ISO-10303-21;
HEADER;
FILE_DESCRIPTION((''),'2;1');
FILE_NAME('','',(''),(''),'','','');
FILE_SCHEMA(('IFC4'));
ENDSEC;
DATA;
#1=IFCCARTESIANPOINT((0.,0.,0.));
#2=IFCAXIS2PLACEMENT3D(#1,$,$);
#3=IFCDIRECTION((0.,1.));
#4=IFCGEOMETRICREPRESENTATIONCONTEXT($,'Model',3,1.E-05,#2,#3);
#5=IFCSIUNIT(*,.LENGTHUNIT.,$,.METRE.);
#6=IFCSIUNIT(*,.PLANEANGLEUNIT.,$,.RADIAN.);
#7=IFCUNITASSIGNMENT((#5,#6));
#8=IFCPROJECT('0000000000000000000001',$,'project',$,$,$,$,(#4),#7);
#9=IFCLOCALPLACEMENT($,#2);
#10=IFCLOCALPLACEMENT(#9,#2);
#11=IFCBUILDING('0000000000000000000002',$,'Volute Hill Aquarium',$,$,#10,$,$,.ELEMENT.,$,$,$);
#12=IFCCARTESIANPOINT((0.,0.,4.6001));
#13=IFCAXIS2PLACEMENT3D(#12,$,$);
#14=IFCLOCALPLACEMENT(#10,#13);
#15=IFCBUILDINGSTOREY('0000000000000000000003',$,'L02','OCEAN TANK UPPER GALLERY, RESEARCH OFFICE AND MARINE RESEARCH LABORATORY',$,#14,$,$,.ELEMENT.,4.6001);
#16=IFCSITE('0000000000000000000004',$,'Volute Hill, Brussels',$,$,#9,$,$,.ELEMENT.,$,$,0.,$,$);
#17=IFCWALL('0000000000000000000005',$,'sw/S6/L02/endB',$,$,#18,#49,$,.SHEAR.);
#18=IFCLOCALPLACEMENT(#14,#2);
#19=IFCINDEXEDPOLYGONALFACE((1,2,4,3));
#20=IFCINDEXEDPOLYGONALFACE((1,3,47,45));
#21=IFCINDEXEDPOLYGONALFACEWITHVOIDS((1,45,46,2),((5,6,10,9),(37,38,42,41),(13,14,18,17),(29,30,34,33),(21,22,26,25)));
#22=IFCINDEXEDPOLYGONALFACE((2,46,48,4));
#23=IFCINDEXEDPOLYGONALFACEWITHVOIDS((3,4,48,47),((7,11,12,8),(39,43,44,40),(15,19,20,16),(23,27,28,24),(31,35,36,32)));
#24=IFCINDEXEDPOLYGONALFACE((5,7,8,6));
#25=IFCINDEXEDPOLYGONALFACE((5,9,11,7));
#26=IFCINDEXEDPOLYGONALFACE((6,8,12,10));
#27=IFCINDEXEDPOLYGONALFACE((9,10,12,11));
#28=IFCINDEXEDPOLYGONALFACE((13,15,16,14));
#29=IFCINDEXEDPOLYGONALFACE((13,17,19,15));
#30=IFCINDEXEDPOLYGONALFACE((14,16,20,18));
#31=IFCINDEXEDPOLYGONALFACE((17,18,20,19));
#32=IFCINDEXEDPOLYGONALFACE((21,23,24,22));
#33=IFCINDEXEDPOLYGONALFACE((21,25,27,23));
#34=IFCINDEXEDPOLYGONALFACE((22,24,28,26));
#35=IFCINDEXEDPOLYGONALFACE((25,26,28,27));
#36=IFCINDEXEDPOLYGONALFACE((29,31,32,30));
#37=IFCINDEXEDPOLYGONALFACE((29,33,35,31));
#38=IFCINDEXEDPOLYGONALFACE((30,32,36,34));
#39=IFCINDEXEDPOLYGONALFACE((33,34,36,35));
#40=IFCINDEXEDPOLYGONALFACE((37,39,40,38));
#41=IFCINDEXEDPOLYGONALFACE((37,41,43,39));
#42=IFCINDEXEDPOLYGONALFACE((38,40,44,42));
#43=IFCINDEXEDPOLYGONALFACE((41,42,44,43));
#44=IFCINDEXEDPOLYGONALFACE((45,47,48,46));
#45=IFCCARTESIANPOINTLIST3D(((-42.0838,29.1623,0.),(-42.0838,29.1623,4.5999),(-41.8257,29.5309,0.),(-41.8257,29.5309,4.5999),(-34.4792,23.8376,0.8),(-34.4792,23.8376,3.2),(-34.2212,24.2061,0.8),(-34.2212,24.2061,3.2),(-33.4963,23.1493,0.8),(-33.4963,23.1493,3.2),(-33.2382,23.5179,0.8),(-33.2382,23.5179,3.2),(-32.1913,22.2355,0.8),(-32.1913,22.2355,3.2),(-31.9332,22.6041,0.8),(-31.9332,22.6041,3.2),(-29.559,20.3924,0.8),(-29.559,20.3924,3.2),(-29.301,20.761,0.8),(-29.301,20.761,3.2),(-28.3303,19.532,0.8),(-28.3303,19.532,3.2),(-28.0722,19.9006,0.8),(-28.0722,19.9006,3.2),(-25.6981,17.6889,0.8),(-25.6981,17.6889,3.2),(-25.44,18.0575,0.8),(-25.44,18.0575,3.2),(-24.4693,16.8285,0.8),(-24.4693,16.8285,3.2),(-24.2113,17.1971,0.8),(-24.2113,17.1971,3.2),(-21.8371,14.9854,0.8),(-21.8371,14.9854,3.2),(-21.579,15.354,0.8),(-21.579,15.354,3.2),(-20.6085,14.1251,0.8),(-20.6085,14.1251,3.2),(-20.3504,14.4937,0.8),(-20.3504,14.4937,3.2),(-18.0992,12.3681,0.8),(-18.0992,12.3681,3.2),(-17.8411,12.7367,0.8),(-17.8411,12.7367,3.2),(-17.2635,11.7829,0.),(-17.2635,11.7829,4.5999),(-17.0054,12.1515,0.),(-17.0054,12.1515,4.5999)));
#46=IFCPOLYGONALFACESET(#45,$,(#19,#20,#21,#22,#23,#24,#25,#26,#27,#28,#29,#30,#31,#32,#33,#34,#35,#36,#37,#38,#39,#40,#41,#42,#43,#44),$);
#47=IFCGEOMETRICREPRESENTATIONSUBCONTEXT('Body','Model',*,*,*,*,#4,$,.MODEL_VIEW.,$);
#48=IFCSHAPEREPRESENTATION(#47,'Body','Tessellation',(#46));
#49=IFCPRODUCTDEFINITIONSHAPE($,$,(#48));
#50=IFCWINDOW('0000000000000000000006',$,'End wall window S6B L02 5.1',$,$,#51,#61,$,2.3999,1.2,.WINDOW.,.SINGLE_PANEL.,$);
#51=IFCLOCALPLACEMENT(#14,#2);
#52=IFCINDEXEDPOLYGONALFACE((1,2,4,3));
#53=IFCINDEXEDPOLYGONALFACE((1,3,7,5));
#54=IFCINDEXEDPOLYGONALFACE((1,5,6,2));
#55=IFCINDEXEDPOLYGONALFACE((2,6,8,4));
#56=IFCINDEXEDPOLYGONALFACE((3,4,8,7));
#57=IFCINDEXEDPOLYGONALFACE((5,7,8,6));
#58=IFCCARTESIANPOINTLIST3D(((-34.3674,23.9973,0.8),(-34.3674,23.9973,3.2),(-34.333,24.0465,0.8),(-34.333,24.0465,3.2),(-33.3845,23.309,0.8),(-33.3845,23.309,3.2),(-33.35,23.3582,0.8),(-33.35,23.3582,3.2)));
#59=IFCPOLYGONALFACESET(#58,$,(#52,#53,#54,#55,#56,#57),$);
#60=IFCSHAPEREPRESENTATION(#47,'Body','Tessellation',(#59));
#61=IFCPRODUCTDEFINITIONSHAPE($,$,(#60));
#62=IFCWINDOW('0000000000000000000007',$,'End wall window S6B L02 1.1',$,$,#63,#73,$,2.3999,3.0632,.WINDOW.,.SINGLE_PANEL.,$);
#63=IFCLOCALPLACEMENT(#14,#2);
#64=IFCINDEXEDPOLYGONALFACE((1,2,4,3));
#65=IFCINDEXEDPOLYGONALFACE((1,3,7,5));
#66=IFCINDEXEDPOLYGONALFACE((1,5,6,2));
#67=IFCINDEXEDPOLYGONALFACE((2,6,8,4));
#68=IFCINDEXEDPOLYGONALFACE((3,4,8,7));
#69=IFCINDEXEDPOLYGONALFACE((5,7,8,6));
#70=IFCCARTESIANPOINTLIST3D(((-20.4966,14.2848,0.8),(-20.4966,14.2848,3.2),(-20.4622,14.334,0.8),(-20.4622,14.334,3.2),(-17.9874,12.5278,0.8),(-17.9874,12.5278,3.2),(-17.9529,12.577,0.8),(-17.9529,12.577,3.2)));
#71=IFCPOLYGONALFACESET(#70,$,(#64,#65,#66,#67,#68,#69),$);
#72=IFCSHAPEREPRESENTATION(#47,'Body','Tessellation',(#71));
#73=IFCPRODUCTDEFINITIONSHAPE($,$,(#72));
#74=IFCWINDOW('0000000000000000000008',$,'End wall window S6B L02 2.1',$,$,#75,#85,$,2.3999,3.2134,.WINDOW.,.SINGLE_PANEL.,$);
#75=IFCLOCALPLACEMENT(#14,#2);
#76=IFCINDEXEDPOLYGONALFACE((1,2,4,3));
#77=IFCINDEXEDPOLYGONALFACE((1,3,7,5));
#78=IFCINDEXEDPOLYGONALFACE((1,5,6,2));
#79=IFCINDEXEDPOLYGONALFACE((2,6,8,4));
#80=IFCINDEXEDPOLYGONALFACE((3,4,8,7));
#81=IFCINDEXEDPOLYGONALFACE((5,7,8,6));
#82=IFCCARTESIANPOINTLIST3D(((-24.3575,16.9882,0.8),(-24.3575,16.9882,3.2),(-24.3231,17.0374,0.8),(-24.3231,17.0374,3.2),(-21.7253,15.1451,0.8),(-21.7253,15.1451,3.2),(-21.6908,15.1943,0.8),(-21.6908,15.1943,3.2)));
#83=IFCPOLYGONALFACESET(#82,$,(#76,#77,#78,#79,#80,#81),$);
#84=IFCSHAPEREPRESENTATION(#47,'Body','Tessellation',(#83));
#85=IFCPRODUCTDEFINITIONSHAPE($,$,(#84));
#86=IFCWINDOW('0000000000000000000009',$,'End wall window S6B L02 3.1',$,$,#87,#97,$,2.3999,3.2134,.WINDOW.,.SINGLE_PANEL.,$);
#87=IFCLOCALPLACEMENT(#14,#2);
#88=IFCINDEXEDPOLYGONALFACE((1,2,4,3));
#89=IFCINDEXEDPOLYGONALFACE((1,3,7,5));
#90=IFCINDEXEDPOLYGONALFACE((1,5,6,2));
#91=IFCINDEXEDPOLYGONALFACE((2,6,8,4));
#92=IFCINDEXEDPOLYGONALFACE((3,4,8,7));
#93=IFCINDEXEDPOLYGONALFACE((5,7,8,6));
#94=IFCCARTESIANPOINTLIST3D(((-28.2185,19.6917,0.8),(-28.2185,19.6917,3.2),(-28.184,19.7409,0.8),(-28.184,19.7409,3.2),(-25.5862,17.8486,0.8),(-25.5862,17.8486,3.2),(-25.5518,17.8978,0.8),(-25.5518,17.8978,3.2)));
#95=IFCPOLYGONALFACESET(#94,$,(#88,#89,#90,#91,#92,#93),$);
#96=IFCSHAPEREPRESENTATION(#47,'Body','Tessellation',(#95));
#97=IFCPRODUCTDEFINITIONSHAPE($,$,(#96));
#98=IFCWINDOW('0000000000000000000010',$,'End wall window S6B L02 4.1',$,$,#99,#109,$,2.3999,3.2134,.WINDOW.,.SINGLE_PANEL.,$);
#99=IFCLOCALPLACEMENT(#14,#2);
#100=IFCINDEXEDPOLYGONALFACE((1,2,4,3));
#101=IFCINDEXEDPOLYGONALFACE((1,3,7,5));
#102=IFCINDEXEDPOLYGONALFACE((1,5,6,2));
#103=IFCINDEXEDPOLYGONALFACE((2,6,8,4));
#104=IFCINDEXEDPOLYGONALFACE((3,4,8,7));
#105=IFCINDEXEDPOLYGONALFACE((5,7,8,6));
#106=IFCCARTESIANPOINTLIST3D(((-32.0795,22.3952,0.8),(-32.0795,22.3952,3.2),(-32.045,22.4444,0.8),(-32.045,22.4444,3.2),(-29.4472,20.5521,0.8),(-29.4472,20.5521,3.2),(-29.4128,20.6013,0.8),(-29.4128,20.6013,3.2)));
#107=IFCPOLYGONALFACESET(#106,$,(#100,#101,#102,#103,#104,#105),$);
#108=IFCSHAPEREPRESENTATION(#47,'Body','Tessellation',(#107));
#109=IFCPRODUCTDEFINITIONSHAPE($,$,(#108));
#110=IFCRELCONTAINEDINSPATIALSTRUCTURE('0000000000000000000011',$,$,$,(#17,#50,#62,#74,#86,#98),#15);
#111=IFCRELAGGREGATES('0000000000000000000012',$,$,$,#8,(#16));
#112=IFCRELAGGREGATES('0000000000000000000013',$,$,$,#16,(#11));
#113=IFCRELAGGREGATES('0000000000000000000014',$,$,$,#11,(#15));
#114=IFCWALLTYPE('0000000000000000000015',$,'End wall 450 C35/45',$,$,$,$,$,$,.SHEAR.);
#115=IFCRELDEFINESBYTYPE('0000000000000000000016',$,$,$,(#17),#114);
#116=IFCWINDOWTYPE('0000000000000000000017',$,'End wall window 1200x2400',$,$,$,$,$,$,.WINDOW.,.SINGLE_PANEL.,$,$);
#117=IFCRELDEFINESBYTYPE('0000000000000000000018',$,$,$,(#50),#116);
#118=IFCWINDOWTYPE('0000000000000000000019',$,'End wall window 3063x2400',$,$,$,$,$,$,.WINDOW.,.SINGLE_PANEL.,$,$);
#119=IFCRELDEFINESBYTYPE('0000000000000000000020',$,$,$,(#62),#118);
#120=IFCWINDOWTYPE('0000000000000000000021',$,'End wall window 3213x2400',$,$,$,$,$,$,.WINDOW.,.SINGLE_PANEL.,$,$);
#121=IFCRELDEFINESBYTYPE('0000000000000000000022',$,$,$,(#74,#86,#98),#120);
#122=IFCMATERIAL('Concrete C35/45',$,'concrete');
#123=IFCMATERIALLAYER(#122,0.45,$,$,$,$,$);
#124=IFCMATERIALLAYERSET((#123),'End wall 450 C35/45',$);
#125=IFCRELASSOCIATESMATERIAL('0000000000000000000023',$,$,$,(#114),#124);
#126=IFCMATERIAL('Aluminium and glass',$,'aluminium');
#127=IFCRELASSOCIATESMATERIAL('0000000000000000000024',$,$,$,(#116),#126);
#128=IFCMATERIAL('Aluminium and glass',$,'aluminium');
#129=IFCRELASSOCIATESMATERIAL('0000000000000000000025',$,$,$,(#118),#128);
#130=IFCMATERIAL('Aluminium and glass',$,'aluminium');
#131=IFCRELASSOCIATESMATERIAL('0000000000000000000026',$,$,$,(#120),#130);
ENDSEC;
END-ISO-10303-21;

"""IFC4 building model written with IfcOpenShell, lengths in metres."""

from ifc_helpers import new_model, si_unit, direction, frame, frame_2d, origin, place, context, subcontext, project, spatial, rectangle, extrude, material, layer, layer_set, type_object, element, fill, save


model = new_model("IFC4")

# Units and contexts
model_context = context("Model", 3, precision=1e-05, world=origin(), true_north=direction((0.0, 1.0)))
body_context = subcontext(model_context, "Body", "Model", "MODEL_VIEW")
ifc_project = project(units=[si_unit("LENGTHUNIT", "METRE"), si_unit("PLANEANGLEUNIT", "RADIAN")], contexts=[model_context])

# Site, building, storey
site_placement = place(None, origin())
site = spatial("IfcSite", under=ifc_project, at=site_placement, Name="Volute Hill, Brussels", CompositionType="ELEMENT", RefElevation=0.0)
building_placement = place(site_placement, origin())
building = spatial("IfcBuilding", under=site, at=building_placement, Name="Volute Hill Aquarium", CompositionType="ELEMENT")
storey_placement = place(building_placement, frame((0.0, 0.0, 4.6001)))
storey = spatial("IfcBuildingStorey", under=building, at=storey_placement, Name="L02", Description="OCEAN TANK UPPER GALLERY, RESEARCH OFFICE AND MARINE RESEARCH LABORATORY", CompositionType="ELEMENT", Elevation=4.6001)

# Wall, openings, windows
ifc_material_1 = material(Name="Concrete C35/45", Category="concrete")
ifc_layer_1 = layer(ifc_material_1, 0.45)
ifc_layer_set_1 = layer_set([ifc_layer_1], Name="End wall 450 C35/45")
wall_type_1 = type_object("IfcWallType", Name="End wall 450 C35/45", PredefinedType="SHEAR", material=ifc_layer_set_1)
wall_1_placement = place(storey_placement, frame((-17.1345, 11.9673, 0.0), z_axis=(0.0, 0.0, 1.0), x_axis=(-0.819152, 0.573577, 0.0)))
wall_1 = element("IfcWall", 1, at=wall_1_placement, inside=storey, type_object=wall_type_1, Name="sw/S6/L02/endB", PredefinedType="SHEAR", context=body_context, shape_type="SweptSolid", body=[
    extrude(rectangle(XDim=30.3, YDim=0.45, at=frame_2d((15.1499, 0.0))), origin(), (0.0, 0.0, 1.0), 4.5999),
])
opening_1_placement = place(wall_1_placement, frame((1.02, 0.0, 0.8)))
opening_1 = element("IfcOpeningElement", 2, at=opening_1_placement, cuts=wall_1, PredefinedType="OPENING", context=body_context, shape_type="SweptSolid", body=[
    extrude(rectangle(XDim=3.0632, YDim=2.3999, at=frame_2d((1.5317, 1.2))), frame((0.0, 0.2349, 0.0), z_axis=(0.0, -1.0, 0.0), x_axis=(1.0, 0.0, 0.0)), (0.0, 0.0, 1.0), 0.47),
])
opening_2_placement = place(wall_1_placement, frame((5.5833, 0.0, 0.8)))
opening_2 = element("IfcOpeningElement", 3, at=opening_2_placement, cuts=wall_1, PredefinedType="OPENING", context=body_context, shape_type="SweptSolid", body=[
    extrude(rectangle(XDim=3.2134, YDim=2.3999, at=frame_2d((1.6067, 1.2))), frame((0.0, 0.2349, 0.0), z_axis=(0.0, -1.0, 0.0), x_axis=(1.0, 0.0, 0.0)), (0.0, 0.0, 1.0), 0.47),
])
opening_3_placement = place(wall_1_placement, frame((10.2966, 0.0, 0.8)))
opening_3 = element("IfcOpeningElement", 4, at=opening_3_placement, cuts=wall_1, PredefinedType="OPENING", context=body_context, shape_type="SweptSolid", body=[
    extrude(rectangle(XDim=3.2134, YDim=2.3999, at=frame_2d((1.6067, 1.2))), frame((0.0, 0.2349, 0.0), z_axis=(0.0, -1.0, 0.0), x_axis=(1.0, 0.0, 0.0)), (0.0, 0.0, 1.0), 0.47),
])
opening_4_placement = place(wall_1_placement, frame((15.01, 0.0, 0.8)))
opening_4 = element("IfcOpeningElement", 5, at=opening_4_placement, cuts=wall_1, PredefinedType="OPENING", context=body_context, shape_type="SweptSolid", body=[
    extrude(rectangle(XDim=3.2134, YDim=2.3999, at=frame_2d((1.6067, 1.2))), frame((0.0, 0.2349, 0.0), z_axis=(0.0, -1.0, 0.0), x_axis=(1.0, 0.0, 0.0)), (0.0, 0.0, 1.0), 0.47),
])
opening_5_placement = place(wall_1_placement, frame((19.8164, 0.0, 0.8)))
opening_5 = element("IfcOpeningElement", 6, at=opening_5_placement, cuts=wall_1, PredefinedType="OPENING", context=body_context, shape_type="SweptSolid", body=[
    extrude(rectangle(XDim=1.2, YDim=2.3999, at=frame_2d((0.6001, 1.2))), frame((0.0, 0.2349, 0.0), z_axis=(0.0, -1.0, 0.0), x_axis=(1.0, 0.0, 0.0)), (0.0, 0.0, 1.0), 0.47),
])
ifc_material_2 = material(Name="Aluminium and glass", Category="aluminium")
window_type_1 = type_object("IfcWindowType", Name="End wall window 1200x2400", PartitioningType="SINGLE_PANEL", PredefinedType="WINDOW", material=ifc_material_2)
window_1_placement = place(opening_5_placement, origin())
window_1 = element("IfcWindow", 7, at=window_1_placement, inside=storey, type_object=window_type_1, Name="End wall window S6B L02 5.1", OverallHeight=2.3999, OverallWidth=1.2, PartitioningType="SINGLE_PANEL", PredefinedType="WINDOW", context=body_context, shape_type="SweptSolid", body=[
    extrude(rectangle(XDim=1.2, YDim=2.3999, at=frame_2d((0.6001, 1.2))), frame((0.0, 0.03, 0.0), z_axis=(0.0, -1.0, 0.0), x_axis=(1.0, 0.0, 0.0)), (0.0, 0.0, 1.0), 0.0601),
])
fill(opening_5, window_1)
ifc_material_3 = material(Name="Aluminium and glass", Category="aluminium")
window_type_2 = type_object("IfcWindowType", Name="End wall window 3063x2400", PartitioningType="SINGLE_PANEL", PredefinedType="WINDOW", material=ifc_material_3)
window_2_placement = place(opening_1_placement, origin())
window_2 = element("IfcWindow", 8, at=window_2_placement, inside=storey, type_object=window_type_2, Name="End wall window S6B L02 1.1", OverallHeight=2.3999, OverallWidth=3.0632, PartitioningType="SINGLE_PANEL", PredefinedType="WINDOW", context=body_context, shape_type="SweptSolid", body=[
    extrude(rectangle(XDim=3.0632, YDim=2.3999, at=frame_2d((1.5317, 1.2))), frame((0.0, 0.03, 0.0), z_axis=(0.0, -1.0, 0.0), x_axis=(1.0, 0.0, 0.0)), (0.0, 0.0, 1.0), 0.0601),
])
fill(opening_1, window_2)
ifc_material_4 = material(Name="Aluminium and glass", Category="aluminium")
window_type_3 = type_object("IfcWindowType", Name="End wall window 3213x2400", PartitioningType="SINGLE_PANEL", PredefinedType="WINDOW", material=ifc_material_4)
window_3_placement = place(opening_2_placement, origin())
window_3 = element("IfcWindow", 9, at=window_3_placement, inside=storey, type_object=window_type_3, Name="End wall window S6B L02 2.1", OverallHeight=2.3999, OverallWidth=3.2134, PartitioningType="SINGLE_PANEL", PredefinedType="WINDOW", context=body_context, shape_type="SweptSolid", body=[
    extrude(rectangle(XDim=3.2134, YDim=2.3999, at=frame_2d((1.6067, 1.2))), frame((0.0, 0.03, 0.0), z_axis=(0.0, -1.0, 0.0), x_axis=(1.0, 0.0, 0.0)), (0.0, 0.0, 1.0), 0.0601),
])
fill(opening_2, window_3)
window_4_placement = place(opening_3_placement, origin())
window_4 = element("IfcWindow", 10, at=window_4_placement, inside=storey, type_object=window_type_3, Name="End wall window S6B L02 3.1", OverallHeight=2.3999, OverallWidth=3.2134, PartitioningType="SINGLE_PANEL", PredefinedType="WINDOW", context=body_context, shape_type="SweptSolid", body=[
    extrude(rectangle(XDim=3.2134, YDim=2.3999, at=frame_2d((1.6067, 1.2))), frame((0.0, 0.03, 0.0), z_axis=(0.0, -1.0, 0.0), x_axis=(1.0, 0.0, 0.0)), (0.0, 0.0, 1.0), 0.0601),
])
fill(opening_3, window_4)
window_5_placement = place(opening_4_placement, origin())
window_5 = element("IfcWindow", 11, at=window_5_placement, inside=storey, type_object=window_type_3, Name="End wall window S6B L02 4.1", OverallHeight=2.3999, OverallWidth=3.2134, PartitioningType="SINGLE_PANEL", PredefinedType="WINDOW", context=body_context, shape_type="SweptSolid", body=[
    extrude(rectangle(XDim=3.2134, YDim=2.3999, at=frame_2d((1.6067, 1.2))), frame((0.0, 0.03, 0.0), z_axis=(0.0, -1.0, 0.0), x_axis=(1.0, 0.0, 0.0)), (0.0, 0.0, 1.0), 0.0601),
])
fill(opening_4, window_5)

save(model, "model.ifc")
